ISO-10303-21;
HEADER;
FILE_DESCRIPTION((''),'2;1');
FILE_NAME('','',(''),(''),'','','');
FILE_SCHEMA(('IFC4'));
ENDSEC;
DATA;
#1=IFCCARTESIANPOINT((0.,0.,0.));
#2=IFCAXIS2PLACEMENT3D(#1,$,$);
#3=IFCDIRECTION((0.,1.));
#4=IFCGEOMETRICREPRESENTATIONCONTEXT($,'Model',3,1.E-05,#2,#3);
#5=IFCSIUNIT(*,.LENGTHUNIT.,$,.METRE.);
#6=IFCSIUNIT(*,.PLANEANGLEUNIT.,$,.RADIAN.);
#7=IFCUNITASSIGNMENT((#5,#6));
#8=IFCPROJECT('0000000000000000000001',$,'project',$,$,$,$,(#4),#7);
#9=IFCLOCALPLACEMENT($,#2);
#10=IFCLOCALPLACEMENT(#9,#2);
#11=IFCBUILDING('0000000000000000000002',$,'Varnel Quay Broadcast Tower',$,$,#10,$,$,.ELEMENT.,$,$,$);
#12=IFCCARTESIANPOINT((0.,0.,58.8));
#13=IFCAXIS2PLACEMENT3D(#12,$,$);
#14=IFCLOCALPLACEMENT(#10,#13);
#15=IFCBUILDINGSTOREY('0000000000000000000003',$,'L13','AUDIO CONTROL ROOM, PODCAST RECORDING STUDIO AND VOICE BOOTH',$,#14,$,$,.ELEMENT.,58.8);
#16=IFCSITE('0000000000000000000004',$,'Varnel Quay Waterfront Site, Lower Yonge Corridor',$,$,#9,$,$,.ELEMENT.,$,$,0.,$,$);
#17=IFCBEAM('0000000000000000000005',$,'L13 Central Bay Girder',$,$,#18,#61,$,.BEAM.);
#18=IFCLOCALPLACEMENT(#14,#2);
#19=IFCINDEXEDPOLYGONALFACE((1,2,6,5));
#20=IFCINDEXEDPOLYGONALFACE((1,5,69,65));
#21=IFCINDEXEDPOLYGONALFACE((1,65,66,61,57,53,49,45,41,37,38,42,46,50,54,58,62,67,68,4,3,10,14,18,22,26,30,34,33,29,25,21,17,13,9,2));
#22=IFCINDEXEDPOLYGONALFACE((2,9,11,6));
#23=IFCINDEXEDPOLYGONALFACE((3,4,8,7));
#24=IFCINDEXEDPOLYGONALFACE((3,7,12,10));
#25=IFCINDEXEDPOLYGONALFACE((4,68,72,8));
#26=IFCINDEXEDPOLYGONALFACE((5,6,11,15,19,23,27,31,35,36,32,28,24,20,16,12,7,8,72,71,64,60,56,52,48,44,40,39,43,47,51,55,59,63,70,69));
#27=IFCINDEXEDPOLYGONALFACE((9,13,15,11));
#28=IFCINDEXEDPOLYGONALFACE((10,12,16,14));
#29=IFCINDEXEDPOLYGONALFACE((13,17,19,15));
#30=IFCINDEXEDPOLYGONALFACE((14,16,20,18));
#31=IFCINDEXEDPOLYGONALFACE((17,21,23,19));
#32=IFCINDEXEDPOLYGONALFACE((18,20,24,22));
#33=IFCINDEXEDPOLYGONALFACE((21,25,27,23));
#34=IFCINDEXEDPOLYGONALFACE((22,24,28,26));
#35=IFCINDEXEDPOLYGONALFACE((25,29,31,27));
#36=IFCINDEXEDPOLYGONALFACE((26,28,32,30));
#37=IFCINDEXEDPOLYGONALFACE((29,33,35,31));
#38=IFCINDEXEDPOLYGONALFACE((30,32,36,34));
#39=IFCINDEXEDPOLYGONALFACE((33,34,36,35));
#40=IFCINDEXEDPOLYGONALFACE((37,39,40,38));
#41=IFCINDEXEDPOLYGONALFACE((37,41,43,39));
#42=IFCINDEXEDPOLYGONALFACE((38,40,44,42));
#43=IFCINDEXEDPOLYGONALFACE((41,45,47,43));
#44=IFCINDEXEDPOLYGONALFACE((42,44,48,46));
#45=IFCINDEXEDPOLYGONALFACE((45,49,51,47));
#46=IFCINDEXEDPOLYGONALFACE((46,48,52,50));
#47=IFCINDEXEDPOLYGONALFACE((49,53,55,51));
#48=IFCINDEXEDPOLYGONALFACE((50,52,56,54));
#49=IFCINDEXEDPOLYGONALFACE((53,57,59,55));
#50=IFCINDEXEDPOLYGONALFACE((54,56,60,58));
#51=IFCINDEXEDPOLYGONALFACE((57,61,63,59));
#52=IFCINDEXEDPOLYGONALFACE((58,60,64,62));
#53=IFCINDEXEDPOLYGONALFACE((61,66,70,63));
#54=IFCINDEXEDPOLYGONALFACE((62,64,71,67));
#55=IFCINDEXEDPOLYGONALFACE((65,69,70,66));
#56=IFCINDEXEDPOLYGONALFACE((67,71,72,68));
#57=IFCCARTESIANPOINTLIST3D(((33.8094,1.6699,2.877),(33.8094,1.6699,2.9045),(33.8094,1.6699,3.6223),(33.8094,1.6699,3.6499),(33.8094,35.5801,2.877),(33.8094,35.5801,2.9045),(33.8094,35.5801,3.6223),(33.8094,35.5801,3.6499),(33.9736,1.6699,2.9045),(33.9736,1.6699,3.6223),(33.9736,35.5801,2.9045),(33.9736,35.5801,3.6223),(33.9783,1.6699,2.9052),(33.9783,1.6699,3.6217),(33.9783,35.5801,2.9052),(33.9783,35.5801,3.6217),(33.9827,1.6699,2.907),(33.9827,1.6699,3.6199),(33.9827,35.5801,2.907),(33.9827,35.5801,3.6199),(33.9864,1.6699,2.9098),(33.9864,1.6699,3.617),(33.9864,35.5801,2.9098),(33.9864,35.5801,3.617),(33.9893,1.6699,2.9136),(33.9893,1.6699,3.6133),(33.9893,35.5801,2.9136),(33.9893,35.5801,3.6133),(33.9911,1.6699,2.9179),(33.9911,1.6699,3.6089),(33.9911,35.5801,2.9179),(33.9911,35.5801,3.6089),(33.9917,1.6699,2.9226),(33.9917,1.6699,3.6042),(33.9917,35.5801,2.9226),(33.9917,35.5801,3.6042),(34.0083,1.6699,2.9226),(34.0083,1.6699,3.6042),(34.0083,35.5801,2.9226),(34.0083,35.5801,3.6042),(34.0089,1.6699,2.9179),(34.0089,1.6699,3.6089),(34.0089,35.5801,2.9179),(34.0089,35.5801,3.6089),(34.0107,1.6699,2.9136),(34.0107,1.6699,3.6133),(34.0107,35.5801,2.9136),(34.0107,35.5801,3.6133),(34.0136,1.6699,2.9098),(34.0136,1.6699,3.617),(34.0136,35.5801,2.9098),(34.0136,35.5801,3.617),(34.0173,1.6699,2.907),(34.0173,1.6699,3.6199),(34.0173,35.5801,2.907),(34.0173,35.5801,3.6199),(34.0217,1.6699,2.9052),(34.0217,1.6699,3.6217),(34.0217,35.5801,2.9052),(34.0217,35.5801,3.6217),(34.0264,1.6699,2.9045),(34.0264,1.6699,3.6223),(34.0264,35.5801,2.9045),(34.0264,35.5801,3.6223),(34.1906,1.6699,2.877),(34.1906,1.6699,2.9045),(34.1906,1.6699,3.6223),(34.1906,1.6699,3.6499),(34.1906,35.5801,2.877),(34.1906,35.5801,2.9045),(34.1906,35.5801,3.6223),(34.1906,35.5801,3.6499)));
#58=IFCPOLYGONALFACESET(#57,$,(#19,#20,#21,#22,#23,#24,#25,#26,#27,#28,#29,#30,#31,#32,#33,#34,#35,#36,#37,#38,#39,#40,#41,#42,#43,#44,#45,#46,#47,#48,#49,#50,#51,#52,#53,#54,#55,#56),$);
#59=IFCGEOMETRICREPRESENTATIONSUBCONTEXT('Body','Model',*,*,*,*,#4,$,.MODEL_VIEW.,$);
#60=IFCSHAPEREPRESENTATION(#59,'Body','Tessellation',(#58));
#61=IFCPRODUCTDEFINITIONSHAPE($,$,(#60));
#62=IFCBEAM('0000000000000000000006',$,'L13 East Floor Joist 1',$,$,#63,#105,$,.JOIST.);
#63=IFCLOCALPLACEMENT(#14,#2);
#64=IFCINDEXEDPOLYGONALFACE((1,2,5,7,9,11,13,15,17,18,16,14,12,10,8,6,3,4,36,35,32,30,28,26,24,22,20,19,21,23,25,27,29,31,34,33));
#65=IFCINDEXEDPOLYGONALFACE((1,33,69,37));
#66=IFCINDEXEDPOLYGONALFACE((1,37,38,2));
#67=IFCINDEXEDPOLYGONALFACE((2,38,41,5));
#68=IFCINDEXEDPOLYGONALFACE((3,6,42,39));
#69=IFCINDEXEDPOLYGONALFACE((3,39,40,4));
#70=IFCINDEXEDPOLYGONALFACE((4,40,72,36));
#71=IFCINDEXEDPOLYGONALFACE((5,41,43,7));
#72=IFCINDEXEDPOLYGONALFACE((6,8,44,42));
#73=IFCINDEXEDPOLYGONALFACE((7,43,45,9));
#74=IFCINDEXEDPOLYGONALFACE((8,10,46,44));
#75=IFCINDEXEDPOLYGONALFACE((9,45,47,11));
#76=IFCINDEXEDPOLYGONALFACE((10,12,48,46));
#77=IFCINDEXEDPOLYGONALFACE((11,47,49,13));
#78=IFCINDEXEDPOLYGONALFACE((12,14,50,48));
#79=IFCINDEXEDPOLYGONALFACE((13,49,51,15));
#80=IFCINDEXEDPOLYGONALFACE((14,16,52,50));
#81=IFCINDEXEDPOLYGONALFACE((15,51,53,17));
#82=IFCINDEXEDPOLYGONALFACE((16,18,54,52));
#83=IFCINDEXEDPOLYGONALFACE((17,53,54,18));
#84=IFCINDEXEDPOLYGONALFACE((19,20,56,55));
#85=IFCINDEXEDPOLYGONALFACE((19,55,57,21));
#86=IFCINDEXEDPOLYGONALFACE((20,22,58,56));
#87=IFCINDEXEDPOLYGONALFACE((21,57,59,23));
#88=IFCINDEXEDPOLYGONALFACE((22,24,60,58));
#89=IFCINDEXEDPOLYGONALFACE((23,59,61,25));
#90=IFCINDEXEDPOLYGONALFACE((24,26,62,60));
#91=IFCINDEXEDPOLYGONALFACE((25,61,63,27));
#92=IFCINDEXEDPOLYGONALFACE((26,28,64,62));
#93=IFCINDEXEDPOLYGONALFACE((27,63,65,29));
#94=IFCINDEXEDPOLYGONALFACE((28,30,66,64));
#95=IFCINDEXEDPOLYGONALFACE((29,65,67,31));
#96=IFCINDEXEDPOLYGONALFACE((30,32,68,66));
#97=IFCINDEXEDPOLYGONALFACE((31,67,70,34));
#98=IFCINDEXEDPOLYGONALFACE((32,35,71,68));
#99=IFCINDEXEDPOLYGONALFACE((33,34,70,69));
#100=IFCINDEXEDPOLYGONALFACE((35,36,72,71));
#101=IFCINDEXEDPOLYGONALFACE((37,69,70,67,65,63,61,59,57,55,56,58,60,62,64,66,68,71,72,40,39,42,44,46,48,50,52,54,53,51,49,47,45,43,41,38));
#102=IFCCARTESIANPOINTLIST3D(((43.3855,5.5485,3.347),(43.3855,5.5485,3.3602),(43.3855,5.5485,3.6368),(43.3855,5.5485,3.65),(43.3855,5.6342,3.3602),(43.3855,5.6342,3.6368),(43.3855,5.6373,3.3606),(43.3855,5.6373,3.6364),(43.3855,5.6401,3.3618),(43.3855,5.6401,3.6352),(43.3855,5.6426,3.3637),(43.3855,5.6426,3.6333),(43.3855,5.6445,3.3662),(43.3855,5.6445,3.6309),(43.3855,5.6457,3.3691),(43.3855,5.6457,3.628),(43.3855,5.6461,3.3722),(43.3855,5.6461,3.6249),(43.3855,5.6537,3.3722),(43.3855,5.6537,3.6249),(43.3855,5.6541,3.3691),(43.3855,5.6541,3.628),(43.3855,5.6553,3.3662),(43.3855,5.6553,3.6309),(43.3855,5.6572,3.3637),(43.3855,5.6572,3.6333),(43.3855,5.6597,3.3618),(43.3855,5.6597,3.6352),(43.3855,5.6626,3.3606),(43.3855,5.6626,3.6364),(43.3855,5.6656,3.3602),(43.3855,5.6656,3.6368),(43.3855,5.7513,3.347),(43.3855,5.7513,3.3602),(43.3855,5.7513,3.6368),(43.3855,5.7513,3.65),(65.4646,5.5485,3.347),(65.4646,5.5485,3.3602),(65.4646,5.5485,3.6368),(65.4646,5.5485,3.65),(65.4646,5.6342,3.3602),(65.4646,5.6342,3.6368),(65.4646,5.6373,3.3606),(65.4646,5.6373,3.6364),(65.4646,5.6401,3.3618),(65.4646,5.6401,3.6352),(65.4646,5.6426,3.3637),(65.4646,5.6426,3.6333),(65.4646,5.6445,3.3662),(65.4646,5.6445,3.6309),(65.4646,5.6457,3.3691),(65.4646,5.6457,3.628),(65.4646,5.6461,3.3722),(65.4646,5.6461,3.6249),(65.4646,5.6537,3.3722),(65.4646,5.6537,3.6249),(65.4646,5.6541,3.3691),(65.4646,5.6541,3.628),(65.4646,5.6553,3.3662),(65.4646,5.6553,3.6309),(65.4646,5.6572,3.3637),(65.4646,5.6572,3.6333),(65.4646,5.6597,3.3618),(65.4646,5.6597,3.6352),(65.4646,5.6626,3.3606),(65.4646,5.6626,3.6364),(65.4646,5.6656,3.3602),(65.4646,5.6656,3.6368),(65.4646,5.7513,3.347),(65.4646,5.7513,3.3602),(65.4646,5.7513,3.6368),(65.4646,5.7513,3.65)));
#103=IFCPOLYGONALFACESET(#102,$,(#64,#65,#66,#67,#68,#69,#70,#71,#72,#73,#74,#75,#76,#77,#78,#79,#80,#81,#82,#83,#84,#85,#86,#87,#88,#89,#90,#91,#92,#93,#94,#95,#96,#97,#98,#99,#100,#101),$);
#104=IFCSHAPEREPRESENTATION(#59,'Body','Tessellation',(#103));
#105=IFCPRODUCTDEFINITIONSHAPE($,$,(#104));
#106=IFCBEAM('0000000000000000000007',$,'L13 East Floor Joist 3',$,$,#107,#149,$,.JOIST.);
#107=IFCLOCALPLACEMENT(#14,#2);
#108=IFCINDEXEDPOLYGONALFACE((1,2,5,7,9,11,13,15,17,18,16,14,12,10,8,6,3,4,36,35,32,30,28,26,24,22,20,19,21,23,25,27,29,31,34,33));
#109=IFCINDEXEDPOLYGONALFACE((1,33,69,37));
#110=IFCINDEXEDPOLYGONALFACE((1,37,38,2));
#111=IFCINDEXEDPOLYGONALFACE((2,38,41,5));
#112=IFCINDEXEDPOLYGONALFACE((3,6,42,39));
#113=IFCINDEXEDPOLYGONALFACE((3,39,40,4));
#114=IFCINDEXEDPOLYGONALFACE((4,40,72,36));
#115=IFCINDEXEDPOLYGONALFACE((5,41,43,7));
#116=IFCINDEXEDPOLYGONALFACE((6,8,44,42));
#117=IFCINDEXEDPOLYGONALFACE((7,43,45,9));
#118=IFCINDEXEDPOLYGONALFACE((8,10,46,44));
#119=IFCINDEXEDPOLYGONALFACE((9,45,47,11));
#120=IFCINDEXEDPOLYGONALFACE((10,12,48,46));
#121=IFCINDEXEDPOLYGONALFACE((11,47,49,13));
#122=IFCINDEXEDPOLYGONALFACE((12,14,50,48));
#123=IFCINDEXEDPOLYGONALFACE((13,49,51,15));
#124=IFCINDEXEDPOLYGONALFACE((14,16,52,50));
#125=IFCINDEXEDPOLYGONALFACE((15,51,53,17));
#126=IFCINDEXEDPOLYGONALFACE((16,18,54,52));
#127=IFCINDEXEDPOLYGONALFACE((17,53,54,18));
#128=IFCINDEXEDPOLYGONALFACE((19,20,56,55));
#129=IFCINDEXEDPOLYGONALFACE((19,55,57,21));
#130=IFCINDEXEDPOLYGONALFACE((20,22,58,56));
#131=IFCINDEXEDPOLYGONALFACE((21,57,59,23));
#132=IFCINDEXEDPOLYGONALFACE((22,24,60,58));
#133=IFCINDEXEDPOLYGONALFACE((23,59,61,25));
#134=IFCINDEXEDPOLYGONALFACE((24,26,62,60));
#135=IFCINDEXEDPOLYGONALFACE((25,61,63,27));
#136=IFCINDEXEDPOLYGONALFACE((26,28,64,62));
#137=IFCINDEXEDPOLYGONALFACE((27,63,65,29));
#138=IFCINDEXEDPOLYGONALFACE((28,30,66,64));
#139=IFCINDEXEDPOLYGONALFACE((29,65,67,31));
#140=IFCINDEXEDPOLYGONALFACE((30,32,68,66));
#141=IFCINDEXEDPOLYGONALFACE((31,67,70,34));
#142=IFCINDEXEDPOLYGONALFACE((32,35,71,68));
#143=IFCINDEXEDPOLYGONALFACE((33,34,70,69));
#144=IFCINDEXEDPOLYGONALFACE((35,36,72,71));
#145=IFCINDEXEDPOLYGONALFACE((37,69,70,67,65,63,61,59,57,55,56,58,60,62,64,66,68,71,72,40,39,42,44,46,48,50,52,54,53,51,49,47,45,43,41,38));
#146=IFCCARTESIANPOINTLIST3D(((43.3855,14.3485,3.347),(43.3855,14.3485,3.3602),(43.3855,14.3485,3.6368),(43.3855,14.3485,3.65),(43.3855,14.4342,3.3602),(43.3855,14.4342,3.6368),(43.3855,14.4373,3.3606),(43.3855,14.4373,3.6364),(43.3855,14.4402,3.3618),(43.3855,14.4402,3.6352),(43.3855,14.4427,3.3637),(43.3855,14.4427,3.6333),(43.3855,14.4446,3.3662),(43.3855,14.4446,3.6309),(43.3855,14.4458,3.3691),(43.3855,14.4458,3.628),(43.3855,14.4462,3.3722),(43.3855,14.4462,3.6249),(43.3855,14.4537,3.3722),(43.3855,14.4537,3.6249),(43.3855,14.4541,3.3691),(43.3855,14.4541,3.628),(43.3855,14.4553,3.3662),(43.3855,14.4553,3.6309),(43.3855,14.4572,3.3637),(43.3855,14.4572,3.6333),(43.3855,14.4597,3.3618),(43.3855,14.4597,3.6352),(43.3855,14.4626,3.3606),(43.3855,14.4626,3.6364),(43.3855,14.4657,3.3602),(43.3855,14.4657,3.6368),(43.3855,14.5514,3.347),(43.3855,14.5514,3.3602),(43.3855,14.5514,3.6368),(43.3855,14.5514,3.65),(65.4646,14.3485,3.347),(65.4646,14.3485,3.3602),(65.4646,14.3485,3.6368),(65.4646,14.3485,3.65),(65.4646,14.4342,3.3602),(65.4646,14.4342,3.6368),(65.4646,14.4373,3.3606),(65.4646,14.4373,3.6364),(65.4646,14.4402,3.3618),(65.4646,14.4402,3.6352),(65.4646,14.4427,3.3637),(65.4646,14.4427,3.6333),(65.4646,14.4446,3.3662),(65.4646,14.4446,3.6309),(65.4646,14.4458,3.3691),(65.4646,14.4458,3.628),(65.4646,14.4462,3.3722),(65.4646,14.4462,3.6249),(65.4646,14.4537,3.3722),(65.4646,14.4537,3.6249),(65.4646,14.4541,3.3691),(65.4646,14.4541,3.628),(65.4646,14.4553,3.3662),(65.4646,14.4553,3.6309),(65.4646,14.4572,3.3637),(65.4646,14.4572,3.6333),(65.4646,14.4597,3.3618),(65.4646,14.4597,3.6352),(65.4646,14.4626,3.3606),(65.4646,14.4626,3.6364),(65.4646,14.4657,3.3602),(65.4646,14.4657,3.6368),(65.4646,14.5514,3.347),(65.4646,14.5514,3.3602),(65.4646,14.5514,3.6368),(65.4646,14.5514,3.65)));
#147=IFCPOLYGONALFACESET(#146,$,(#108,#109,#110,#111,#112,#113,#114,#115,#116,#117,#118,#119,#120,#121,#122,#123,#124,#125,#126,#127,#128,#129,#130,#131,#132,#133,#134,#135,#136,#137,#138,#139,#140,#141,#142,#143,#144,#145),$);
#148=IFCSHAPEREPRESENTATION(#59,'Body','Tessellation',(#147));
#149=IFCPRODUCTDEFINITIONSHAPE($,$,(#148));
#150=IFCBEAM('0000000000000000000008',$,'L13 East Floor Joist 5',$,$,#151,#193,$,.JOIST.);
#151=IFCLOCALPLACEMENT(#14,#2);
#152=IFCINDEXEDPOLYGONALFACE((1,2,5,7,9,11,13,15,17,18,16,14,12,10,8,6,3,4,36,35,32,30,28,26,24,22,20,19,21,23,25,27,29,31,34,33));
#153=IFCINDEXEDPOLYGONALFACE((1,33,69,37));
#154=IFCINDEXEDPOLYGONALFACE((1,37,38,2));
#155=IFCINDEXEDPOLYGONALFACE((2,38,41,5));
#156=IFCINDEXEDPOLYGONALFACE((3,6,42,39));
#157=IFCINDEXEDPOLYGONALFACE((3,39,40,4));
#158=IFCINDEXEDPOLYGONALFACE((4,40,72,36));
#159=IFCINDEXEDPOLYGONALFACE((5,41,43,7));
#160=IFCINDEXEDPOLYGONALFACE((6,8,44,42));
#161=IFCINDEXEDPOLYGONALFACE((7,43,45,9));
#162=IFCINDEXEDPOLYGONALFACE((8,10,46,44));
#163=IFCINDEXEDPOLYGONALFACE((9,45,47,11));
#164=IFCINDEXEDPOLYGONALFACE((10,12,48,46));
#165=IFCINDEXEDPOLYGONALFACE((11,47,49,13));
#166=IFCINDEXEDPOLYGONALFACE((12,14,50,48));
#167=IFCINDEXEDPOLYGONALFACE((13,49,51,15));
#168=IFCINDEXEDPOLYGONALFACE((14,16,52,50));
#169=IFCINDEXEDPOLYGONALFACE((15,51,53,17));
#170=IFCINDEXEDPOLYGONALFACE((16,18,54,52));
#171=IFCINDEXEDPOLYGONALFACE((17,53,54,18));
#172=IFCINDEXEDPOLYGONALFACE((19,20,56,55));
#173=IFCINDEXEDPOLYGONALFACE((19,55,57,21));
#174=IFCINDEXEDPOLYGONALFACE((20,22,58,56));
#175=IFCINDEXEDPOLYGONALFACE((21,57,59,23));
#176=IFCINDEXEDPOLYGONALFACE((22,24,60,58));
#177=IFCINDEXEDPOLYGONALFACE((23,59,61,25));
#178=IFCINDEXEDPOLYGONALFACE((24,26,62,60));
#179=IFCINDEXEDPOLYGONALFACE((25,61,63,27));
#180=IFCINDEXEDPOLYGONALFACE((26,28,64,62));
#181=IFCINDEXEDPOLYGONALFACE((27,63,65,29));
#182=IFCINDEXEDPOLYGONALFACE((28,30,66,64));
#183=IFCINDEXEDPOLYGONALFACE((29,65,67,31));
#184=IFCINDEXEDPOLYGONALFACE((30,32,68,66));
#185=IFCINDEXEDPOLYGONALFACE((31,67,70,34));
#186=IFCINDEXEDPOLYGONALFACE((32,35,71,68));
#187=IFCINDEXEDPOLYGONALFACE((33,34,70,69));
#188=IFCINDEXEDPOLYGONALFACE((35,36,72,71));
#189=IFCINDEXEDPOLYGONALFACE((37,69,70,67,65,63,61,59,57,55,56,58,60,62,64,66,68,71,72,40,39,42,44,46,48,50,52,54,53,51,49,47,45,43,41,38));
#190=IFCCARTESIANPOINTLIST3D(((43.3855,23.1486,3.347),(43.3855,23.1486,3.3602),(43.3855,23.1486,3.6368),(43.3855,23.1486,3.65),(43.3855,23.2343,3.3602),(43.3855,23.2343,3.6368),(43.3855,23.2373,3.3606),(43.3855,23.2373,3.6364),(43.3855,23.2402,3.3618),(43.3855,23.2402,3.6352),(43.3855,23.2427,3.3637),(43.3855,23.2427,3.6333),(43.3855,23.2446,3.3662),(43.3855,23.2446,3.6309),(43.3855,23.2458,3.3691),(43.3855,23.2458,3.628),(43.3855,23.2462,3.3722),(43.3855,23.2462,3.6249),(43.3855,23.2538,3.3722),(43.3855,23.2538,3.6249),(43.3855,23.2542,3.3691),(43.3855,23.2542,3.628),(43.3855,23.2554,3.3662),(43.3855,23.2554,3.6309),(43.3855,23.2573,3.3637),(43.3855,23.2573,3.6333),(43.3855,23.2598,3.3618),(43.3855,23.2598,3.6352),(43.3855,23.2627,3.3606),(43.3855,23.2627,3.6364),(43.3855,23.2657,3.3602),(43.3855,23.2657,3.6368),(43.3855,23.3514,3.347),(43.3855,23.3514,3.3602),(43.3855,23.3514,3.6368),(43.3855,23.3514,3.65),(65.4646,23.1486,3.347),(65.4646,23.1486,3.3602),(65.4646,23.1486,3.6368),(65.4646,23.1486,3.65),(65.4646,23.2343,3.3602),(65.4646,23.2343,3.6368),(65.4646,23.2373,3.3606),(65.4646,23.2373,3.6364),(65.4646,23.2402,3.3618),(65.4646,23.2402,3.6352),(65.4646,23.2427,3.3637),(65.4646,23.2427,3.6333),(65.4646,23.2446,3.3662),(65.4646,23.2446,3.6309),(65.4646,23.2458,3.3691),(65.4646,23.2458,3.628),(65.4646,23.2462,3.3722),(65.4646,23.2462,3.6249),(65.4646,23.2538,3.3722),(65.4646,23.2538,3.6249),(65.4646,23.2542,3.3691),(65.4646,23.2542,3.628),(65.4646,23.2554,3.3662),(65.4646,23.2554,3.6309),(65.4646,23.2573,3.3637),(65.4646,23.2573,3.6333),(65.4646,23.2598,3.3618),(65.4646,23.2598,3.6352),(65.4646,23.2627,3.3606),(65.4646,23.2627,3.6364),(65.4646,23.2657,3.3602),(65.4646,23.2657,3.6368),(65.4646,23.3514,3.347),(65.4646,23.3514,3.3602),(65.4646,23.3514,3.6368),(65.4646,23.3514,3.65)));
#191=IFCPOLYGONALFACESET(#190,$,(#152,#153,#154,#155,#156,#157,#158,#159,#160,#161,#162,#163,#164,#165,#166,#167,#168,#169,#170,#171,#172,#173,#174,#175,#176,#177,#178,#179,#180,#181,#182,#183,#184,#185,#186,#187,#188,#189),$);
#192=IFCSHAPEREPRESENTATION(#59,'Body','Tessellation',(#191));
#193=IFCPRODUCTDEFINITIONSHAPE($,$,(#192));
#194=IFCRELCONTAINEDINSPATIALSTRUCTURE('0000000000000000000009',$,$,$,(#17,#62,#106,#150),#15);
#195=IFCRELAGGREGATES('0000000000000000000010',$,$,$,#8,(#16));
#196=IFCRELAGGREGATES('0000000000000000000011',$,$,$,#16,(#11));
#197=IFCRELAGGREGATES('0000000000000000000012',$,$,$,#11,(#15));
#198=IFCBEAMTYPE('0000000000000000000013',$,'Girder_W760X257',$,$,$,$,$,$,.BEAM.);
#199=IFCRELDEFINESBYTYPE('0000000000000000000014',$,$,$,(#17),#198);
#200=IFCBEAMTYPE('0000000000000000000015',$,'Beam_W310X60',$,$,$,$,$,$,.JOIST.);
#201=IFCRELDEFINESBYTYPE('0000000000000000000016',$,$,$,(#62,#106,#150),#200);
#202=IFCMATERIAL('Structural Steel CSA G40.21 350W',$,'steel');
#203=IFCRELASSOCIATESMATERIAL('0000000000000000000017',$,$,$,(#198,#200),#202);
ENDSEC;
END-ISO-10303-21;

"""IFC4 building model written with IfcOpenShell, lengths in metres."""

from ifc_helpers import new_model, si_unit, direction, frame, origin, origin_2d, place, context, subcontext, project, spatial, i_section, extrude, source, transform, mapped, material, material_profile, profile_set, type_object, type_shapes, element, save


model = new_model("IFC4")

# Units and contexts
model_context = context("Model", 3, precision=1e-05, world=origin(), true_north=direction((0.0, 1.0)))
body_context = subcontext(model_context, "Body", "Model", "MODEL_VIEW")
ifc_project = project(units=[si_unit("LENGTHUNIT", "METRE"), si_unit("PLANEANGLEUNIT", "RADIAN")], contexts=[model_context])

# Site, building, storey
site_placement = place(None, origin())
site = spatial("IfcSite", under=ifc_project, at=site_placement, Name="Varnel Quay Waterfront Site, Lower Yonge Corridor", CompositionType="ELEMENT", RefElevation=0.0)
building_placement = place(site_placement, origin())
building = spatial("IfcBuilding", under=site, at=building_placement, Name="Varnel Quay Broadcast Tower", CompositionType="ELEMENT")
storey_placement = place(building_placement, frame((0.0, 0.0, 58.8)))
storey = spatial("IfcBuildingStorey", under=building, at=storey_placement, Name="L13", Description="AUDIO CONTROL ROOM, PODCAST RECORDING STUDIO AND VOICE BOOTH", CompositionType="ELEMENT", Elevation=58.8)

# Shared definitions
ifc_material_1 = material(Name="Structural Steel CSA G40.21 350W", Category="steel")

# Beams
ifc_material_profile_1 = material_profile(ifc_material_1, i_section(OverallWidth=0.3811, OverallDepth=0.7729, WebThickness=0.0166, FlangeThickness=0.0276, FilletRadius=0.0181, at=origin_2d()), Name="W760X257")
ifc_profile_set_1 = profile_set([ifc_material_profile_1], Name="Structural Steel CSA G40.21 350W")
beam_type_1 = type_object("IfcBeamType", Name="Girder_W760X257", PredefinedType="BEAM", material=ifc_profile_set_1)
shared_shape_1 = source(origin(), body_context, "Body", "SweptSolid", [
    extrude(i_section(OverallWidth=0.3811, OverallDepth=0.7729, WebThickness=0.0166, FlangeThickness=0.0276, FilletRadius=0.0181, at=origin_2d()), origin(), (0.0, 0.0, 1.0), 33.9102),
])
beam_1_placement = place(storey_placement, frame((34.0, 1.6699, 3.2634), z_axis=(0.0, 1.0, 0.0), x_axis=(-1.0, 0.0, 0.0)))
element("IfcBeam", 1, at=beam_1_placement, inside=storey, type_object=beam_type_1, Name="L13 Central Bay Girder", PredefinedType="BEAM", context=body_context, shape_type="MappedRepresentation", body=[
    mapped(shared_shape_1, transform((0.0, 0.0, 0.0), x_axis=(1.0, 0.0, 0.0), y_axis=(0.0, 1.0, 0.0), z_axis=(0.0, 0.0, 1.0), scale=1.0)),
])
ifc_material_profile_2 = material_profile(ifc_material_1, i_section(OverallWidth=0.2029, OverallDepth=0.303, WebThickness=0.0076, FlangeThickness=0.0132, FilletRadius=0.012, at=origin_2d()), Name="W310X60")
ifc_profile_set_2 = profile_set([ifc_material_profile_2], Name="Structural Steel CSA G40.21 350W")
beam_type_2 = type_object("IfcBeamType", Name="Beam_W310X60", PredefinedType="JOIST", material=ifc_profile_set_2)
shared_shape_2 = source(origin(), body_context, "Body", "SweptSolid", [
    extrude(i_section(OverallWidth=0.2029, OverallDepth=0.303, WebThickness=0.0076, FlangeThickness=0.0132, FilletRadius=0.012, at=origin_2d()), origin(), (0.0, 0.0, 1.0), 22.0791),
])
type_shapes(beam_type_2, [shared_shape_2])
for number, where, z_axis, x_axis, name in (
    (2, (43.3855, 5.6499, 3.4985), (1.0, 0.0, 0.0), (0.0, 1.0, 0.0), "L13 East Floor Joist 1"),
    (3, (43.3855, 14.45, 3.4985), (1.0, 0.0, 0.0), (0.0, 1.0, 0.0), "L13 East Floor Joist 3"),
    (4, (43.3855, 23.25, 3.4985), (1.0, 0.0, 0.0), (0.0, 1.0, 0.0), "L13 East Floor Joist 5"),
):
    element("IfcBeam", number, at=place(storey_placement, frame(where, z_axis=z_axis, x_axis=x_axis)), inside=storey, type_object=beam_type_2, Name=name, PredefinedType="JOIST", context=body_context, shape_type="MappedRepresentation", body=[
        mapped(shared_shape_2, transform((0.0, 0.0, 0.0), x_axis=(1.0, 0.0, 0.0), y_axis=(0.0, 1.0, 0.0), z_axis=(0.0, 0.0, 1.0), scale=1.0)),
    ])

save(model, "model.ifc")
